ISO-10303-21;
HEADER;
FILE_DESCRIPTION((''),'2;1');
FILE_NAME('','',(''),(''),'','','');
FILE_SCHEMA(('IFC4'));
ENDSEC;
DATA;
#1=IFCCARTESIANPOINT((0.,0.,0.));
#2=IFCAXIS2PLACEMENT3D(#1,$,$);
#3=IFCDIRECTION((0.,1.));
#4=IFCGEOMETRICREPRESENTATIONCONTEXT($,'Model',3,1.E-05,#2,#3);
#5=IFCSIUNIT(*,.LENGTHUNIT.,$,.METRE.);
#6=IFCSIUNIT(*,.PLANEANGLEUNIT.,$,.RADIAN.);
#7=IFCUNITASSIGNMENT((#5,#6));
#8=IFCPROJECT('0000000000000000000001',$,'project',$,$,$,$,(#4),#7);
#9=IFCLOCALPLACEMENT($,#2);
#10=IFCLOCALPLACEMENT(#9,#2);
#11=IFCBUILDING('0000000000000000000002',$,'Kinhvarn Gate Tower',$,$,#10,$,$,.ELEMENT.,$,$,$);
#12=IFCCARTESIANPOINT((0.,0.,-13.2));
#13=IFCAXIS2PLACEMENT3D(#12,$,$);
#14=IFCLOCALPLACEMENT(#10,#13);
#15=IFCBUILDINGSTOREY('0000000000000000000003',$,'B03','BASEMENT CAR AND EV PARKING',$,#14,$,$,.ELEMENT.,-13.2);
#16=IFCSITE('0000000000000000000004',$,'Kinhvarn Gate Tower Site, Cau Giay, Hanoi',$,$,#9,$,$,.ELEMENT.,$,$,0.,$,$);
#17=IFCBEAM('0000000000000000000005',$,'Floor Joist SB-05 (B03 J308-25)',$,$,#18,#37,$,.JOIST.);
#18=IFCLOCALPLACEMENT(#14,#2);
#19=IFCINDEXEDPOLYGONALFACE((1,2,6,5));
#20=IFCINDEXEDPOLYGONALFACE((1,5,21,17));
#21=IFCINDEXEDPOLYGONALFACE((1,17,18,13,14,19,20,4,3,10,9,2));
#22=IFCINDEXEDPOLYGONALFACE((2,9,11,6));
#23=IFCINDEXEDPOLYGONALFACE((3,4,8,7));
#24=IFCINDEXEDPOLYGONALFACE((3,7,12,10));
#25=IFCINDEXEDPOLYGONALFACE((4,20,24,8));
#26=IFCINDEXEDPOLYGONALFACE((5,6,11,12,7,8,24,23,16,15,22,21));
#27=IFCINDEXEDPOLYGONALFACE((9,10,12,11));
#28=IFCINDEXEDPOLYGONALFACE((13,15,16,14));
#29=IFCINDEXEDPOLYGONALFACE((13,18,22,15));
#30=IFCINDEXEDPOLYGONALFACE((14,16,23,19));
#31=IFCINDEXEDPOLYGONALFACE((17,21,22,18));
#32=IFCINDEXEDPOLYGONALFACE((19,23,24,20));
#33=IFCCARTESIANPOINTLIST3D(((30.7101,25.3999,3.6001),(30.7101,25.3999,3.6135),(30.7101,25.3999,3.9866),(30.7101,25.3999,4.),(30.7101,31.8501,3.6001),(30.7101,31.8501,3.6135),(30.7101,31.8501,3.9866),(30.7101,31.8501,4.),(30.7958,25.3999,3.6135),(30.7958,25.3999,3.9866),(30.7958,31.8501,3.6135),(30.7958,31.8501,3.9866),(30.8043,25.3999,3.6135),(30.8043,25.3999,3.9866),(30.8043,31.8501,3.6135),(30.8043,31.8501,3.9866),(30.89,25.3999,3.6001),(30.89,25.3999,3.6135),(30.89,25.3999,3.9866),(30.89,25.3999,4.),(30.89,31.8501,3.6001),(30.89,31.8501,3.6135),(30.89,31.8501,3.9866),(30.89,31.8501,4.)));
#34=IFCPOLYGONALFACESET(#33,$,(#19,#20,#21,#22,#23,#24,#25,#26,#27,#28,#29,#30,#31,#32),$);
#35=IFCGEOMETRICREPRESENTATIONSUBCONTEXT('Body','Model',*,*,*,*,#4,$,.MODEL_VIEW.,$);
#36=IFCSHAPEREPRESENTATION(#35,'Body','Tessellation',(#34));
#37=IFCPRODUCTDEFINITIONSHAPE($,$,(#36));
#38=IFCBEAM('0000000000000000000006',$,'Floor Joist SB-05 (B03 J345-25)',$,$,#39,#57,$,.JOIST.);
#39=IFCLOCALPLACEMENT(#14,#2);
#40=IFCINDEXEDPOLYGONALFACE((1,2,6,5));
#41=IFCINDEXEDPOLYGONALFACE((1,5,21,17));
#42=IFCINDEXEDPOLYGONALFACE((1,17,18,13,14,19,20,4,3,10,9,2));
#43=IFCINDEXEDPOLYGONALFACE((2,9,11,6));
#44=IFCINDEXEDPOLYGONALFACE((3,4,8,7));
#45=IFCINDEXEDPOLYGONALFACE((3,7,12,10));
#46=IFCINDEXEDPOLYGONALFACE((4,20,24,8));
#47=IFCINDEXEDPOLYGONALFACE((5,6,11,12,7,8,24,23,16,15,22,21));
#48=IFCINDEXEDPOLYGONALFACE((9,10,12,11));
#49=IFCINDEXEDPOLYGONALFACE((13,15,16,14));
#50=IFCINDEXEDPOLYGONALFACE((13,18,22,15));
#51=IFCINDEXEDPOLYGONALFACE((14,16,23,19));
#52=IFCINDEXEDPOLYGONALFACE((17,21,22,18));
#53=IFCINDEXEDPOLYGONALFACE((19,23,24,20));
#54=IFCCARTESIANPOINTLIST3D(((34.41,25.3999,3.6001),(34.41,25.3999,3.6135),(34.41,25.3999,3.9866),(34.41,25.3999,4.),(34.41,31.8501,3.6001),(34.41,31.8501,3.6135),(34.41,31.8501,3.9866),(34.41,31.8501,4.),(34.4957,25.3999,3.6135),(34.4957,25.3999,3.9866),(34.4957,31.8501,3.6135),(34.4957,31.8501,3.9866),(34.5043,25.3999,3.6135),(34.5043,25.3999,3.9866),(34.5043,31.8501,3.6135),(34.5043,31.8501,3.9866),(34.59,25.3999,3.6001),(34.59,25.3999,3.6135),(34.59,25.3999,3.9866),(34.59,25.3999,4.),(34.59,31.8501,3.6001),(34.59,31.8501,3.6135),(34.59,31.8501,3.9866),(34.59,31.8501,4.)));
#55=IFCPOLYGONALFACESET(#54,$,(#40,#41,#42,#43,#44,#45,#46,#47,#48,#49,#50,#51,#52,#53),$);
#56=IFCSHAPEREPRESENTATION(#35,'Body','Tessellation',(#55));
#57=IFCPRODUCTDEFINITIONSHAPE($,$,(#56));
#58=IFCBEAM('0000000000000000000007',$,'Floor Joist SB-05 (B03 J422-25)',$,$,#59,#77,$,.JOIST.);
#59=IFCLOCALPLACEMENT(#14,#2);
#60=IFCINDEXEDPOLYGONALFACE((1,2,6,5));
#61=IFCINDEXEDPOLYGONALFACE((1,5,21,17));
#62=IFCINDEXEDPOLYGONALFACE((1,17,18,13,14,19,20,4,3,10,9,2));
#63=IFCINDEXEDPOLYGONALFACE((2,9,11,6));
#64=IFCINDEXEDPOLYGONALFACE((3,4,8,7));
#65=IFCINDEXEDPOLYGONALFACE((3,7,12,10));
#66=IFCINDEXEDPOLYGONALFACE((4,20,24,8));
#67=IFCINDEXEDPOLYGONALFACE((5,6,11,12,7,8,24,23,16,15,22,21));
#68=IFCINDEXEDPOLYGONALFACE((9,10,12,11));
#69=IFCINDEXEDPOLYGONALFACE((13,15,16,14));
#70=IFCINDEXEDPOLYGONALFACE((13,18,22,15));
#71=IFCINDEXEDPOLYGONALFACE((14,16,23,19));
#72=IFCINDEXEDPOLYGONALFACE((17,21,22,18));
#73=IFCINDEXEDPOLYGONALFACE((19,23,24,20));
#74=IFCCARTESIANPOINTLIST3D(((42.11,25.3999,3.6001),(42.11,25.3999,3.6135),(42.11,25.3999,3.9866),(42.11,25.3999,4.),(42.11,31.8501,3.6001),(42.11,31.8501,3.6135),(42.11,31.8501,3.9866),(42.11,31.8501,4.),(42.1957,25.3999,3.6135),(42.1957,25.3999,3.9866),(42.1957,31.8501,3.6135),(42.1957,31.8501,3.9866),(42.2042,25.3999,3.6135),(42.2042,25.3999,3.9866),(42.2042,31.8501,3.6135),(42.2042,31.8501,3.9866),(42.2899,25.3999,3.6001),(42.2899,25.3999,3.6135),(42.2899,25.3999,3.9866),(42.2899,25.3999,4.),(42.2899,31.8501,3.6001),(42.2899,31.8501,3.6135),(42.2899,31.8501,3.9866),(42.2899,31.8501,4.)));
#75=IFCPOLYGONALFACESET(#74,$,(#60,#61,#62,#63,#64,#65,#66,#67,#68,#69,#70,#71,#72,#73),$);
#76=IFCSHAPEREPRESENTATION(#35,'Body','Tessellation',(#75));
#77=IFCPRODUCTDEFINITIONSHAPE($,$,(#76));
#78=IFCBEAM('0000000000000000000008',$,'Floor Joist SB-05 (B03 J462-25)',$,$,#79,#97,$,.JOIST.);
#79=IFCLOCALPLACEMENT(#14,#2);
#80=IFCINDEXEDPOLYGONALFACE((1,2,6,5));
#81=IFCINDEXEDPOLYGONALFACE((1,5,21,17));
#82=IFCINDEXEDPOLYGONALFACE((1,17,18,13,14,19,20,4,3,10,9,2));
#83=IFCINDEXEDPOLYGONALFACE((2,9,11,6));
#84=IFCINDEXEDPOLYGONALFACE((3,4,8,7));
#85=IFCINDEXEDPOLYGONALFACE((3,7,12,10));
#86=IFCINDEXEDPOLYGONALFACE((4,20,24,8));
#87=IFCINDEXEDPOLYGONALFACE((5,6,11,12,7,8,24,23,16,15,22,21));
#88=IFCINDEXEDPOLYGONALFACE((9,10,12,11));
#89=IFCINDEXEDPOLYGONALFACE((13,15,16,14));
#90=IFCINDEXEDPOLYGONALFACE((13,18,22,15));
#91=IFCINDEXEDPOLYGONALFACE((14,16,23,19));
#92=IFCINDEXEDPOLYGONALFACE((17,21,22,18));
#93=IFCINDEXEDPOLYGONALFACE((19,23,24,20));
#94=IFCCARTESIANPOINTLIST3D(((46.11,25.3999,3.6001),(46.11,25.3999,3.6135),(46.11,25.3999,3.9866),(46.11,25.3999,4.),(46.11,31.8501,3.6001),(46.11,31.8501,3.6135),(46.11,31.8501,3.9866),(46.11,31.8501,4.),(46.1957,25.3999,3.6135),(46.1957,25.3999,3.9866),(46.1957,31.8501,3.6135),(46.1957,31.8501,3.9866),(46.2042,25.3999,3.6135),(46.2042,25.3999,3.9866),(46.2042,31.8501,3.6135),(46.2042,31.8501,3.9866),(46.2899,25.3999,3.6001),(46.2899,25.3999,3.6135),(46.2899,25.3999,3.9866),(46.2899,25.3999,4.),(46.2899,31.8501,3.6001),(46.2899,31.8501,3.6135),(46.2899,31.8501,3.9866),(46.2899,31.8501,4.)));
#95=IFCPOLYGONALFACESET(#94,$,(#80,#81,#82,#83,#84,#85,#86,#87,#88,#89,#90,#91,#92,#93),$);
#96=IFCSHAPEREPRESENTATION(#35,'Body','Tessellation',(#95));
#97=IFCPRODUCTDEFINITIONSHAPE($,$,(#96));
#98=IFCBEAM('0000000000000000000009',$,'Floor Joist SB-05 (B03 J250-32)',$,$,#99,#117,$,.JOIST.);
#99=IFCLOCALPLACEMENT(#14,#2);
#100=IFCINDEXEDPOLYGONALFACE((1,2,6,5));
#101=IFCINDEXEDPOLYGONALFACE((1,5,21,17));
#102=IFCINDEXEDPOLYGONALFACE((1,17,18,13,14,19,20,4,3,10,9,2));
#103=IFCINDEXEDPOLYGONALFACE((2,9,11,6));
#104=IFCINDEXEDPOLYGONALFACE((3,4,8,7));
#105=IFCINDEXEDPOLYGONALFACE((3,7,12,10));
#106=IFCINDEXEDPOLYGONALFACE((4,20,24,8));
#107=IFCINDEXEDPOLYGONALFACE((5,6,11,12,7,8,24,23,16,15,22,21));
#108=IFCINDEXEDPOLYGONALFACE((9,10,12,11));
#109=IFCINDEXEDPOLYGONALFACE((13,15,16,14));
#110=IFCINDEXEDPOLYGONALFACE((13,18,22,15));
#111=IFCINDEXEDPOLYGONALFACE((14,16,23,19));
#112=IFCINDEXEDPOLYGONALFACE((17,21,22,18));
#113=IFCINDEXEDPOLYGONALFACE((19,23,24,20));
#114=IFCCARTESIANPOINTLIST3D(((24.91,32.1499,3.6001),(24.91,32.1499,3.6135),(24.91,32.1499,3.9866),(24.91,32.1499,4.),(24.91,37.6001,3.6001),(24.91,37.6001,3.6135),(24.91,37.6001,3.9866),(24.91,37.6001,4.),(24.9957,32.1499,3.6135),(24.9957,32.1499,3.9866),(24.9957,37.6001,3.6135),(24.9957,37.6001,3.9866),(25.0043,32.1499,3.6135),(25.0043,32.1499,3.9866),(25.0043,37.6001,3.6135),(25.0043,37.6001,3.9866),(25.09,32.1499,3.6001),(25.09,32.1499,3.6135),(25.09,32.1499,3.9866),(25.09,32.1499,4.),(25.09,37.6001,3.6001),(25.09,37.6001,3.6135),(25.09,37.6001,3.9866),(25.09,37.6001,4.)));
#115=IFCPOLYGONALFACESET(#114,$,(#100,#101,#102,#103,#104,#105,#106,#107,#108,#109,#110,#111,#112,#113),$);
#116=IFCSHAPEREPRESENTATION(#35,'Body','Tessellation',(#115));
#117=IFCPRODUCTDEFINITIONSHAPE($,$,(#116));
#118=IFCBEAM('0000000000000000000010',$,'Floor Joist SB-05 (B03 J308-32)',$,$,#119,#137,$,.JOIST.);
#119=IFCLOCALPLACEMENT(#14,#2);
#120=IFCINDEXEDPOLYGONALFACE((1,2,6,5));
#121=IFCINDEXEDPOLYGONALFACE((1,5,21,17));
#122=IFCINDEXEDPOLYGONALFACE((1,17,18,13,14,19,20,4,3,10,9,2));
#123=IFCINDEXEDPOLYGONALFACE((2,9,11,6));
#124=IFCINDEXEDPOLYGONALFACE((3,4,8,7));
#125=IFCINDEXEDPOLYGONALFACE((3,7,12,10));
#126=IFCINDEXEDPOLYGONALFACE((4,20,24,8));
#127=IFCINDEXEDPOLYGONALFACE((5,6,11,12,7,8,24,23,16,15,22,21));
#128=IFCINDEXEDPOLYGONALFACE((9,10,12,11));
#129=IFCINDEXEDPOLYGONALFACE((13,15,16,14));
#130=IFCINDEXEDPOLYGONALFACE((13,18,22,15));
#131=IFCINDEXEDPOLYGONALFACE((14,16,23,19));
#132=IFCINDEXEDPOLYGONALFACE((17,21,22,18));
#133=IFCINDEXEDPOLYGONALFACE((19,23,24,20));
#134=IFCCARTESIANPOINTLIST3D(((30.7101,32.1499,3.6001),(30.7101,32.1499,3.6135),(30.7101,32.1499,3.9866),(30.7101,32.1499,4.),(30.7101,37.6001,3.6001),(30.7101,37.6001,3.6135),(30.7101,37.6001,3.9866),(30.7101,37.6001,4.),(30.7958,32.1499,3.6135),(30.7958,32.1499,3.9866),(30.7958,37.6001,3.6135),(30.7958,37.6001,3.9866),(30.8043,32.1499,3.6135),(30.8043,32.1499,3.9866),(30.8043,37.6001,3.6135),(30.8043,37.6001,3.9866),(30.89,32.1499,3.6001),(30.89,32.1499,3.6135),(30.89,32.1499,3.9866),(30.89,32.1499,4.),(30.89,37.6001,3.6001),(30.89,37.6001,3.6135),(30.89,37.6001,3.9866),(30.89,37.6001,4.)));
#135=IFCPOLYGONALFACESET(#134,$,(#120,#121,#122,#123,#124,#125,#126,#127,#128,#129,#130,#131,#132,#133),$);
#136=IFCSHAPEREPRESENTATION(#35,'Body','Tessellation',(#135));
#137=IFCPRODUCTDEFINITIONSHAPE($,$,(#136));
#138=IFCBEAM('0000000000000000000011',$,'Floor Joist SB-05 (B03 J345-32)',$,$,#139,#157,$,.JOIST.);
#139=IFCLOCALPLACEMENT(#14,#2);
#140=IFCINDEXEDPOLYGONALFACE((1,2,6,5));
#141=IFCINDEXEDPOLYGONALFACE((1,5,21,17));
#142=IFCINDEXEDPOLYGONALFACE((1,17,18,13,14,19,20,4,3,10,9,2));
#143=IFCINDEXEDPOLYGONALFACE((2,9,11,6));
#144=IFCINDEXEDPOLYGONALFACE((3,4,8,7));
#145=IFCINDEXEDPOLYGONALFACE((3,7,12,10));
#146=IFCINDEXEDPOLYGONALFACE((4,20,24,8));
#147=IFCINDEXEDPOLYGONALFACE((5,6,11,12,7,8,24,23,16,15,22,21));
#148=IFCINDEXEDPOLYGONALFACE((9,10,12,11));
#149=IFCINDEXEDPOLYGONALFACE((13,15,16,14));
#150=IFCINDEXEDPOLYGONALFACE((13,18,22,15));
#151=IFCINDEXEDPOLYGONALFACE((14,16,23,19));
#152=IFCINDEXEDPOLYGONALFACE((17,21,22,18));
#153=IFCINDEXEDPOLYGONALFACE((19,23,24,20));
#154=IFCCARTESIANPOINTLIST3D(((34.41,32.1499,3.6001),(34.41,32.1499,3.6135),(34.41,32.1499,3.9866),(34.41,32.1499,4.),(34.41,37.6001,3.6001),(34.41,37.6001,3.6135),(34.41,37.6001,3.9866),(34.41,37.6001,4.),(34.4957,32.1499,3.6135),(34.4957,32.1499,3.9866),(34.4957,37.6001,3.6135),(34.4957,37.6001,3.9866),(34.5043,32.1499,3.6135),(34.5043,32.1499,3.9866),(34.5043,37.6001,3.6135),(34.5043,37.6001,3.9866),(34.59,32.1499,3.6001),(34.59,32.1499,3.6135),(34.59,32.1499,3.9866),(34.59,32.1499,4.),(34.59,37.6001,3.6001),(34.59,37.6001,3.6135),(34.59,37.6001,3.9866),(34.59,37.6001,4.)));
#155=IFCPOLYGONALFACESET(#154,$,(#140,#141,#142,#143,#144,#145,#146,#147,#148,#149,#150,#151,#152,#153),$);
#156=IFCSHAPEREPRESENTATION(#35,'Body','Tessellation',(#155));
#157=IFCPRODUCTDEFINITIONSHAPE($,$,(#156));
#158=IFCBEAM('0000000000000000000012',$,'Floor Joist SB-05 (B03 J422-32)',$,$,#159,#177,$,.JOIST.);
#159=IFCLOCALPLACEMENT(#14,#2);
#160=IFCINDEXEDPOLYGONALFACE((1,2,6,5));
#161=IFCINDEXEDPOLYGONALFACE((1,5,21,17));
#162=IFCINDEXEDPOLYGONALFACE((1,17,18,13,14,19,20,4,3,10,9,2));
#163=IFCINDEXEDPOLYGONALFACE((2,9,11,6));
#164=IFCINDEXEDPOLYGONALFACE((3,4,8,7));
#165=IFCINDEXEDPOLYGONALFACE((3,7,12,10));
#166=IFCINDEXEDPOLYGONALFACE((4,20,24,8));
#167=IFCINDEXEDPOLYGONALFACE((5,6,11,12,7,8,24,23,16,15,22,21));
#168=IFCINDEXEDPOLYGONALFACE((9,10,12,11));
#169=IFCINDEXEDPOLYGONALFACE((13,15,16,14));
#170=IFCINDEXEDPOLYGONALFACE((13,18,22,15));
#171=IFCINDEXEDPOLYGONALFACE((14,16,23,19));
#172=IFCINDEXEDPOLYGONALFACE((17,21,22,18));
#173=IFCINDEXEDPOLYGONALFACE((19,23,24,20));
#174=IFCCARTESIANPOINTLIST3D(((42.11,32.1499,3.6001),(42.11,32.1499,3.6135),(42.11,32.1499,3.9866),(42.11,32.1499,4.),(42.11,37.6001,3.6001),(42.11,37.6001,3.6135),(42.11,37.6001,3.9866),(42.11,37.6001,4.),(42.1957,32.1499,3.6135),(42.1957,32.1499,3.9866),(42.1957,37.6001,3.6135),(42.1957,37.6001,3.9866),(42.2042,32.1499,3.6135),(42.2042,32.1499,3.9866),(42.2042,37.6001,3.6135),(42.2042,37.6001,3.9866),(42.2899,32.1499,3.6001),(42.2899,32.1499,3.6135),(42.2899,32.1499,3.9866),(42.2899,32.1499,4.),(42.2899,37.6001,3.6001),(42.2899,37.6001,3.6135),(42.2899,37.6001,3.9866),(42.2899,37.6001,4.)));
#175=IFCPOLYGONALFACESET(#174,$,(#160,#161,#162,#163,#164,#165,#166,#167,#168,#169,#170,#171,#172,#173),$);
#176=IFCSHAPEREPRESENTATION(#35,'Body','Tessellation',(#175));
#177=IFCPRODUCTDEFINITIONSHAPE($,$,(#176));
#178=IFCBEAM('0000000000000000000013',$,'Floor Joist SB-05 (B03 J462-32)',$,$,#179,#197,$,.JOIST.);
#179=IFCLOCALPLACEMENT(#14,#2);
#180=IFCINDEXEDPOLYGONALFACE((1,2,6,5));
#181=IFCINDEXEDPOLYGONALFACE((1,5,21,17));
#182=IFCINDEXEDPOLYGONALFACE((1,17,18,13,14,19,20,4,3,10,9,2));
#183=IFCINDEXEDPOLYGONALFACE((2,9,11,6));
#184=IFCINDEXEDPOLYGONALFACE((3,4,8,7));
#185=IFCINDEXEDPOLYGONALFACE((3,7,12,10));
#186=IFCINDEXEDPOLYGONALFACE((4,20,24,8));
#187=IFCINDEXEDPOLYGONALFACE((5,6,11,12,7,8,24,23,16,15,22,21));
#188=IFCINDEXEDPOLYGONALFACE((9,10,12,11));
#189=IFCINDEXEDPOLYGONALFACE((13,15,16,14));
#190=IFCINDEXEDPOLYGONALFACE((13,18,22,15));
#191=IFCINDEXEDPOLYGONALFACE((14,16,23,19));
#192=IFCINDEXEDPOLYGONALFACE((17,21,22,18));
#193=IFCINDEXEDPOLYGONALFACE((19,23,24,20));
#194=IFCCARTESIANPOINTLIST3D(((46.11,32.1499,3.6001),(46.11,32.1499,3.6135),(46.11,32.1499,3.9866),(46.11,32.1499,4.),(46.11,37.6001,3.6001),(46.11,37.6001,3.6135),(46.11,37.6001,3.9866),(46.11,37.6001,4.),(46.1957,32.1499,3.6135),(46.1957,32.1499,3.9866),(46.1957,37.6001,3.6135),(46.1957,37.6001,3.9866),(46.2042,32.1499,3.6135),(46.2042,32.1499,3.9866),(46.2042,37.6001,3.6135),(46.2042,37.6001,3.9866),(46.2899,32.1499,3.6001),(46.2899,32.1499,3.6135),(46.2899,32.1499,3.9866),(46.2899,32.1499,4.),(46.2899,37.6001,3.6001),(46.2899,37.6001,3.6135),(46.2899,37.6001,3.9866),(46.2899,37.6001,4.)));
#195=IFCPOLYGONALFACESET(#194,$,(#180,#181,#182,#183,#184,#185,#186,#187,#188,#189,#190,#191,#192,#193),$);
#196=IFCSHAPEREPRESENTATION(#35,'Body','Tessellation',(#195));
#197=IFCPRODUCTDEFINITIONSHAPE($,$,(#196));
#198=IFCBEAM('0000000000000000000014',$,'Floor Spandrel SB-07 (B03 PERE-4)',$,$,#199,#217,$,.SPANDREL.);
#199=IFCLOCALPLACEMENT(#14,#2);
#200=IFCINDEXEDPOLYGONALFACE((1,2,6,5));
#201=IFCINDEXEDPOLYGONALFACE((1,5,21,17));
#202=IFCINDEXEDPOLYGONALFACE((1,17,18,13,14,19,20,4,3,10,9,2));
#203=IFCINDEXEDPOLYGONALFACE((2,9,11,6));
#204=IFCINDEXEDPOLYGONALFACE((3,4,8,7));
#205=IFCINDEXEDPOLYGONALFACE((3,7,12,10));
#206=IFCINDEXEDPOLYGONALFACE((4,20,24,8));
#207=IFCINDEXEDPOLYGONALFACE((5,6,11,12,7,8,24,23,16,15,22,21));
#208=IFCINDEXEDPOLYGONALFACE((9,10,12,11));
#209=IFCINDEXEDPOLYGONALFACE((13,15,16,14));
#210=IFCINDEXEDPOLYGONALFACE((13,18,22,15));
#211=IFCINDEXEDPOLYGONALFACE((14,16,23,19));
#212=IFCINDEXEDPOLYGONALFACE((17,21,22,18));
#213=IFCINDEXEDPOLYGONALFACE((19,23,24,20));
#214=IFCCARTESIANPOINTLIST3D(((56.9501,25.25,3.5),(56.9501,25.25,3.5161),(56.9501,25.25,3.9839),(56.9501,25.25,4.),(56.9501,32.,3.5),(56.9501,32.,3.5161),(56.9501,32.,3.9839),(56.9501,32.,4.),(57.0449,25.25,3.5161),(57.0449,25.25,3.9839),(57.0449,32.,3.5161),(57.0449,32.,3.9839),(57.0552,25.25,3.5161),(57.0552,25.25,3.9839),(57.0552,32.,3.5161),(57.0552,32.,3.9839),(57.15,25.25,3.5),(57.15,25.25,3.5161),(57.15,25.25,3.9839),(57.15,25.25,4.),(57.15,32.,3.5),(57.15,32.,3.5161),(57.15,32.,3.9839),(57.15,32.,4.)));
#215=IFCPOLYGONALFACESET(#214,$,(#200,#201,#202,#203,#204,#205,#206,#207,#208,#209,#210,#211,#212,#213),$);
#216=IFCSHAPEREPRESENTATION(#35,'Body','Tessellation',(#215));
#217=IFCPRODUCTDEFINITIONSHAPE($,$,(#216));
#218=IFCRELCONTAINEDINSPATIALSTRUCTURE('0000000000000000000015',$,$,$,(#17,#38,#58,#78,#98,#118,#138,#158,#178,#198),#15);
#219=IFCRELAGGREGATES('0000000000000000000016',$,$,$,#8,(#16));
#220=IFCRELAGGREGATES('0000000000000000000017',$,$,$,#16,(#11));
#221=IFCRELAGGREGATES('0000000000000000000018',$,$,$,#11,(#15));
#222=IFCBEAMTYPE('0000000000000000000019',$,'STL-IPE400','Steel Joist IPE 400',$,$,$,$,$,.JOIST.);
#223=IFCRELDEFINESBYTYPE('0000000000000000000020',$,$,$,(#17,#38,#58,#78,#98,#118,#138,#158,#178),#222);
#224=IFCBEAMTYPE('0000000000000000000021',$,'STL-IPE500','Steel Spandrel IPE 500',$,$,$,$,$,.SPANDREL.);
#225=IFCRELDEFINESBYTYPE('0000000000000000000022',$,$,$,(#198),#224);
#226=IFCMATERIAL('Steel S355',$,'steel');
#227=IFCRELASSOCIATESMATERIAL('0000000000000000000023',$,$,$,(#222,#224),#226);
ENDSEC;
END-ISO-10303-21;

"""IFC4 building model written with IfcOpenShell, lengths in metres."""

from ifc_helpers import new_model, si_unit, direction, frame, origin, origin_2d, place, context, subcontext, project, spatial, i_section, extrude, material, material_profile, profile_set, type_object, element, save


model = new_model("IFC4")

# Units and contexts
model_context = context("Model", 3, precision=1e-05, world=origin(), true_north=direction((0.0, 1.0)))
body_context = subcontext(model_context, "Body", "Model", "MODEL_VIEW")
ifc_project = project(units=[si_unit("LENGTHUNIT", "METRE"), si_unit("PLANEANGLEUNIT", "RADIAN")], contexts=[model_context])

# Site, building, storey
site_placement = place(None, origin())
site = spatial("IfcSite", under=ifc_project, at=site_placement, Name="Kinhvarn Gate Tower Site, Cau Giay, Hanoi", CompositionType="ELEMENT", RefElevation=0.0)
building_placement = place(site_placement, origin())
building = spatial("IfcBuilding", under=site, at=building_placement, Name="Kinhvarn Gate Tower", CompositionType="ELEMENT")
storey_placement = place(building_placement, frame((0.0, 0.0, -13.2)))
storey = spatial("IfcBuildingStorey", under=building, at=storey_placement, Name="B03", Description="BASEMENT CAR AND EV PARKING", CompositionType="ELEMENT", Elevation=-13.2)

# Beams
ifc_material = material(Name="Steel S355", Category="steel")
ifc_material_profile_1 = material_profile(ifc_material, i_section(OverallWidth=0.1799, OverallDepth=0.3999, WebThickness=0.0085, FlangeThickness=0.0134, at=origin_2d()), Name="IPE 400")
ifc_profile_set_1 = profile_set([ifc_material_profile_1], Name="Steel S355")
beam_type_1 = type_object("IfcBeamType", Name="STL-IPE400", Description="Steel Joist IPE 400", PredefinedType="JOIST", material=ifc_profile_set_1)
for number, where, z_axis, x_axis, name in (
    (1, (30.8, 25.3999, 3.8), (0.0, 1.0, 0.0), (-1.0, 0.0, 0.0), "Floor Joist SB-05 (B03 J308-25)"),
    (2, (34.5, 25.3999, 3.8), (0.0, 1.0, 0.0), (-1.0, 0.0, 0.0), "Floor Joist SB-05 (B03 J345-25)"),
    (3, (42.2, 25.3999, 3.8), (0.0, 1.0, 0.0), (-1.0, 0.0, 0.0), "Floor Joist SB-05 (B03 J422-25)"),
    (4, (46.2, 25.3999, 3.8), (0.0, 1.0, 0.0), (-1.0, 0.0, 0.0), "Floor Joist SB-05 (B03 J462-25)"),
):
    element("IfcBeam", number, at=place(storey_placement, frame(where, z_axis=z_axis, x_axis=x_axis)), inside=storey, type_object=beam_type_1, Name=name, PredefinedType="JOIST", context=body_context, shape_type="SweptSolid", body=[
        extrude(i_section(OverallWidth=0.1799, OverallDepth=0.3999, WebThickness=0.0085, FlangeThickness=0.0134, at=origin_2d()), origin(), (0.0, 0.0, 1.0), 6.4502),
    ])
for number, where, z_axis, x_axis, name in (
    (5, (25.0, 32.1499, 3.8), (0.0, 1.0, 0.0), (-1.0, 0.0, 0.0), "Floor Joist SB-05 (B03 J250-32)"),
    (6, (30.8, 32.1499, 3.8), (0.0, 1.0, 0.0), (-1.0, 0.0, 0.0), "Floor Joist SB-05 (B03 J308-32)"),
    (7, (34.5, 32.1499, 3.8), (0.0, 1.0, 0.0), (-1.0, 0.0, 0.0), "Floor Joist SB-05 (B03 J345-32)"),
    (8, (42.2, 32.1499, 3.8), (0.0, 1.0, 0.0), (-1.0, 0.0, 0.0), "Floor Joist SB-05 (B03 J422-32)"),
    (9, (46.2, 32.1499, 3.8), (0.0, 1.0, 0.0), (-1.0, 0.0, 0.0), "Floor Joist SB-05 (B03 J462-32)"),
):
    element("IfcBeam", number, at=place(storey_placement, frame(where, z_axis=z_axis, x_axis=x_axis)), inside=storey, type_object=beam_type_1, Name=name, PredefinedType="JOIST", context=body_context, shape_type="SweptSolid", body=[
        extrude(i_section(OverallWidth=0.1799, OverallDepth=0.3999, WebThickness=0.0085, FlangeThickness=0.0134, at=origin_2d()), origin(), (0.0, 0.0, 1.0), 5.4502),
    ])
ifc_material_profile_2 = material_profile(ifc_material, i_section(OverallWidth=0.2, OverallDepth=0.5, WebThickness=0.0103, FlangeThickness=0.0161, at=origin_2d()), Name="IPE 500")
ifc_profile_set_2 = profile_set([ifc_material_profile_2], Name="Steel S355")
beam_type_2 = type_object("IfcBeamType", Name="STL-IPE500", Description="Steel Spandrel IPE 500", PredefinedType="SPANDREL", material=ifc_profile_set_2)
beam_1_placement = place(storey_placement, frame((57.05, 25.25, 3.75), z_axis=(0.0, 1.0, 0.0), x_axis=(-1.0, 0.0, 0.0)))
element("IfcBeam", 10, at=beam_1_placement, inside=storey, type_object=beam_type_2, Name="Floor Spandrel SB-07 (B03 PERE-4)", PredefinedType="SPANDREL", context=body_context, shape_type="SweptSolid", body=[
    extrude(i_section(OverallWidth=0.2, OverallDepth=0.5, WebThickness=0.0103, FlangeThickness=0.0161, at=origin_2d()), origin(), (0.0, 0.0, 1.0), 6.75),
])

save(model, "model.ifc")
